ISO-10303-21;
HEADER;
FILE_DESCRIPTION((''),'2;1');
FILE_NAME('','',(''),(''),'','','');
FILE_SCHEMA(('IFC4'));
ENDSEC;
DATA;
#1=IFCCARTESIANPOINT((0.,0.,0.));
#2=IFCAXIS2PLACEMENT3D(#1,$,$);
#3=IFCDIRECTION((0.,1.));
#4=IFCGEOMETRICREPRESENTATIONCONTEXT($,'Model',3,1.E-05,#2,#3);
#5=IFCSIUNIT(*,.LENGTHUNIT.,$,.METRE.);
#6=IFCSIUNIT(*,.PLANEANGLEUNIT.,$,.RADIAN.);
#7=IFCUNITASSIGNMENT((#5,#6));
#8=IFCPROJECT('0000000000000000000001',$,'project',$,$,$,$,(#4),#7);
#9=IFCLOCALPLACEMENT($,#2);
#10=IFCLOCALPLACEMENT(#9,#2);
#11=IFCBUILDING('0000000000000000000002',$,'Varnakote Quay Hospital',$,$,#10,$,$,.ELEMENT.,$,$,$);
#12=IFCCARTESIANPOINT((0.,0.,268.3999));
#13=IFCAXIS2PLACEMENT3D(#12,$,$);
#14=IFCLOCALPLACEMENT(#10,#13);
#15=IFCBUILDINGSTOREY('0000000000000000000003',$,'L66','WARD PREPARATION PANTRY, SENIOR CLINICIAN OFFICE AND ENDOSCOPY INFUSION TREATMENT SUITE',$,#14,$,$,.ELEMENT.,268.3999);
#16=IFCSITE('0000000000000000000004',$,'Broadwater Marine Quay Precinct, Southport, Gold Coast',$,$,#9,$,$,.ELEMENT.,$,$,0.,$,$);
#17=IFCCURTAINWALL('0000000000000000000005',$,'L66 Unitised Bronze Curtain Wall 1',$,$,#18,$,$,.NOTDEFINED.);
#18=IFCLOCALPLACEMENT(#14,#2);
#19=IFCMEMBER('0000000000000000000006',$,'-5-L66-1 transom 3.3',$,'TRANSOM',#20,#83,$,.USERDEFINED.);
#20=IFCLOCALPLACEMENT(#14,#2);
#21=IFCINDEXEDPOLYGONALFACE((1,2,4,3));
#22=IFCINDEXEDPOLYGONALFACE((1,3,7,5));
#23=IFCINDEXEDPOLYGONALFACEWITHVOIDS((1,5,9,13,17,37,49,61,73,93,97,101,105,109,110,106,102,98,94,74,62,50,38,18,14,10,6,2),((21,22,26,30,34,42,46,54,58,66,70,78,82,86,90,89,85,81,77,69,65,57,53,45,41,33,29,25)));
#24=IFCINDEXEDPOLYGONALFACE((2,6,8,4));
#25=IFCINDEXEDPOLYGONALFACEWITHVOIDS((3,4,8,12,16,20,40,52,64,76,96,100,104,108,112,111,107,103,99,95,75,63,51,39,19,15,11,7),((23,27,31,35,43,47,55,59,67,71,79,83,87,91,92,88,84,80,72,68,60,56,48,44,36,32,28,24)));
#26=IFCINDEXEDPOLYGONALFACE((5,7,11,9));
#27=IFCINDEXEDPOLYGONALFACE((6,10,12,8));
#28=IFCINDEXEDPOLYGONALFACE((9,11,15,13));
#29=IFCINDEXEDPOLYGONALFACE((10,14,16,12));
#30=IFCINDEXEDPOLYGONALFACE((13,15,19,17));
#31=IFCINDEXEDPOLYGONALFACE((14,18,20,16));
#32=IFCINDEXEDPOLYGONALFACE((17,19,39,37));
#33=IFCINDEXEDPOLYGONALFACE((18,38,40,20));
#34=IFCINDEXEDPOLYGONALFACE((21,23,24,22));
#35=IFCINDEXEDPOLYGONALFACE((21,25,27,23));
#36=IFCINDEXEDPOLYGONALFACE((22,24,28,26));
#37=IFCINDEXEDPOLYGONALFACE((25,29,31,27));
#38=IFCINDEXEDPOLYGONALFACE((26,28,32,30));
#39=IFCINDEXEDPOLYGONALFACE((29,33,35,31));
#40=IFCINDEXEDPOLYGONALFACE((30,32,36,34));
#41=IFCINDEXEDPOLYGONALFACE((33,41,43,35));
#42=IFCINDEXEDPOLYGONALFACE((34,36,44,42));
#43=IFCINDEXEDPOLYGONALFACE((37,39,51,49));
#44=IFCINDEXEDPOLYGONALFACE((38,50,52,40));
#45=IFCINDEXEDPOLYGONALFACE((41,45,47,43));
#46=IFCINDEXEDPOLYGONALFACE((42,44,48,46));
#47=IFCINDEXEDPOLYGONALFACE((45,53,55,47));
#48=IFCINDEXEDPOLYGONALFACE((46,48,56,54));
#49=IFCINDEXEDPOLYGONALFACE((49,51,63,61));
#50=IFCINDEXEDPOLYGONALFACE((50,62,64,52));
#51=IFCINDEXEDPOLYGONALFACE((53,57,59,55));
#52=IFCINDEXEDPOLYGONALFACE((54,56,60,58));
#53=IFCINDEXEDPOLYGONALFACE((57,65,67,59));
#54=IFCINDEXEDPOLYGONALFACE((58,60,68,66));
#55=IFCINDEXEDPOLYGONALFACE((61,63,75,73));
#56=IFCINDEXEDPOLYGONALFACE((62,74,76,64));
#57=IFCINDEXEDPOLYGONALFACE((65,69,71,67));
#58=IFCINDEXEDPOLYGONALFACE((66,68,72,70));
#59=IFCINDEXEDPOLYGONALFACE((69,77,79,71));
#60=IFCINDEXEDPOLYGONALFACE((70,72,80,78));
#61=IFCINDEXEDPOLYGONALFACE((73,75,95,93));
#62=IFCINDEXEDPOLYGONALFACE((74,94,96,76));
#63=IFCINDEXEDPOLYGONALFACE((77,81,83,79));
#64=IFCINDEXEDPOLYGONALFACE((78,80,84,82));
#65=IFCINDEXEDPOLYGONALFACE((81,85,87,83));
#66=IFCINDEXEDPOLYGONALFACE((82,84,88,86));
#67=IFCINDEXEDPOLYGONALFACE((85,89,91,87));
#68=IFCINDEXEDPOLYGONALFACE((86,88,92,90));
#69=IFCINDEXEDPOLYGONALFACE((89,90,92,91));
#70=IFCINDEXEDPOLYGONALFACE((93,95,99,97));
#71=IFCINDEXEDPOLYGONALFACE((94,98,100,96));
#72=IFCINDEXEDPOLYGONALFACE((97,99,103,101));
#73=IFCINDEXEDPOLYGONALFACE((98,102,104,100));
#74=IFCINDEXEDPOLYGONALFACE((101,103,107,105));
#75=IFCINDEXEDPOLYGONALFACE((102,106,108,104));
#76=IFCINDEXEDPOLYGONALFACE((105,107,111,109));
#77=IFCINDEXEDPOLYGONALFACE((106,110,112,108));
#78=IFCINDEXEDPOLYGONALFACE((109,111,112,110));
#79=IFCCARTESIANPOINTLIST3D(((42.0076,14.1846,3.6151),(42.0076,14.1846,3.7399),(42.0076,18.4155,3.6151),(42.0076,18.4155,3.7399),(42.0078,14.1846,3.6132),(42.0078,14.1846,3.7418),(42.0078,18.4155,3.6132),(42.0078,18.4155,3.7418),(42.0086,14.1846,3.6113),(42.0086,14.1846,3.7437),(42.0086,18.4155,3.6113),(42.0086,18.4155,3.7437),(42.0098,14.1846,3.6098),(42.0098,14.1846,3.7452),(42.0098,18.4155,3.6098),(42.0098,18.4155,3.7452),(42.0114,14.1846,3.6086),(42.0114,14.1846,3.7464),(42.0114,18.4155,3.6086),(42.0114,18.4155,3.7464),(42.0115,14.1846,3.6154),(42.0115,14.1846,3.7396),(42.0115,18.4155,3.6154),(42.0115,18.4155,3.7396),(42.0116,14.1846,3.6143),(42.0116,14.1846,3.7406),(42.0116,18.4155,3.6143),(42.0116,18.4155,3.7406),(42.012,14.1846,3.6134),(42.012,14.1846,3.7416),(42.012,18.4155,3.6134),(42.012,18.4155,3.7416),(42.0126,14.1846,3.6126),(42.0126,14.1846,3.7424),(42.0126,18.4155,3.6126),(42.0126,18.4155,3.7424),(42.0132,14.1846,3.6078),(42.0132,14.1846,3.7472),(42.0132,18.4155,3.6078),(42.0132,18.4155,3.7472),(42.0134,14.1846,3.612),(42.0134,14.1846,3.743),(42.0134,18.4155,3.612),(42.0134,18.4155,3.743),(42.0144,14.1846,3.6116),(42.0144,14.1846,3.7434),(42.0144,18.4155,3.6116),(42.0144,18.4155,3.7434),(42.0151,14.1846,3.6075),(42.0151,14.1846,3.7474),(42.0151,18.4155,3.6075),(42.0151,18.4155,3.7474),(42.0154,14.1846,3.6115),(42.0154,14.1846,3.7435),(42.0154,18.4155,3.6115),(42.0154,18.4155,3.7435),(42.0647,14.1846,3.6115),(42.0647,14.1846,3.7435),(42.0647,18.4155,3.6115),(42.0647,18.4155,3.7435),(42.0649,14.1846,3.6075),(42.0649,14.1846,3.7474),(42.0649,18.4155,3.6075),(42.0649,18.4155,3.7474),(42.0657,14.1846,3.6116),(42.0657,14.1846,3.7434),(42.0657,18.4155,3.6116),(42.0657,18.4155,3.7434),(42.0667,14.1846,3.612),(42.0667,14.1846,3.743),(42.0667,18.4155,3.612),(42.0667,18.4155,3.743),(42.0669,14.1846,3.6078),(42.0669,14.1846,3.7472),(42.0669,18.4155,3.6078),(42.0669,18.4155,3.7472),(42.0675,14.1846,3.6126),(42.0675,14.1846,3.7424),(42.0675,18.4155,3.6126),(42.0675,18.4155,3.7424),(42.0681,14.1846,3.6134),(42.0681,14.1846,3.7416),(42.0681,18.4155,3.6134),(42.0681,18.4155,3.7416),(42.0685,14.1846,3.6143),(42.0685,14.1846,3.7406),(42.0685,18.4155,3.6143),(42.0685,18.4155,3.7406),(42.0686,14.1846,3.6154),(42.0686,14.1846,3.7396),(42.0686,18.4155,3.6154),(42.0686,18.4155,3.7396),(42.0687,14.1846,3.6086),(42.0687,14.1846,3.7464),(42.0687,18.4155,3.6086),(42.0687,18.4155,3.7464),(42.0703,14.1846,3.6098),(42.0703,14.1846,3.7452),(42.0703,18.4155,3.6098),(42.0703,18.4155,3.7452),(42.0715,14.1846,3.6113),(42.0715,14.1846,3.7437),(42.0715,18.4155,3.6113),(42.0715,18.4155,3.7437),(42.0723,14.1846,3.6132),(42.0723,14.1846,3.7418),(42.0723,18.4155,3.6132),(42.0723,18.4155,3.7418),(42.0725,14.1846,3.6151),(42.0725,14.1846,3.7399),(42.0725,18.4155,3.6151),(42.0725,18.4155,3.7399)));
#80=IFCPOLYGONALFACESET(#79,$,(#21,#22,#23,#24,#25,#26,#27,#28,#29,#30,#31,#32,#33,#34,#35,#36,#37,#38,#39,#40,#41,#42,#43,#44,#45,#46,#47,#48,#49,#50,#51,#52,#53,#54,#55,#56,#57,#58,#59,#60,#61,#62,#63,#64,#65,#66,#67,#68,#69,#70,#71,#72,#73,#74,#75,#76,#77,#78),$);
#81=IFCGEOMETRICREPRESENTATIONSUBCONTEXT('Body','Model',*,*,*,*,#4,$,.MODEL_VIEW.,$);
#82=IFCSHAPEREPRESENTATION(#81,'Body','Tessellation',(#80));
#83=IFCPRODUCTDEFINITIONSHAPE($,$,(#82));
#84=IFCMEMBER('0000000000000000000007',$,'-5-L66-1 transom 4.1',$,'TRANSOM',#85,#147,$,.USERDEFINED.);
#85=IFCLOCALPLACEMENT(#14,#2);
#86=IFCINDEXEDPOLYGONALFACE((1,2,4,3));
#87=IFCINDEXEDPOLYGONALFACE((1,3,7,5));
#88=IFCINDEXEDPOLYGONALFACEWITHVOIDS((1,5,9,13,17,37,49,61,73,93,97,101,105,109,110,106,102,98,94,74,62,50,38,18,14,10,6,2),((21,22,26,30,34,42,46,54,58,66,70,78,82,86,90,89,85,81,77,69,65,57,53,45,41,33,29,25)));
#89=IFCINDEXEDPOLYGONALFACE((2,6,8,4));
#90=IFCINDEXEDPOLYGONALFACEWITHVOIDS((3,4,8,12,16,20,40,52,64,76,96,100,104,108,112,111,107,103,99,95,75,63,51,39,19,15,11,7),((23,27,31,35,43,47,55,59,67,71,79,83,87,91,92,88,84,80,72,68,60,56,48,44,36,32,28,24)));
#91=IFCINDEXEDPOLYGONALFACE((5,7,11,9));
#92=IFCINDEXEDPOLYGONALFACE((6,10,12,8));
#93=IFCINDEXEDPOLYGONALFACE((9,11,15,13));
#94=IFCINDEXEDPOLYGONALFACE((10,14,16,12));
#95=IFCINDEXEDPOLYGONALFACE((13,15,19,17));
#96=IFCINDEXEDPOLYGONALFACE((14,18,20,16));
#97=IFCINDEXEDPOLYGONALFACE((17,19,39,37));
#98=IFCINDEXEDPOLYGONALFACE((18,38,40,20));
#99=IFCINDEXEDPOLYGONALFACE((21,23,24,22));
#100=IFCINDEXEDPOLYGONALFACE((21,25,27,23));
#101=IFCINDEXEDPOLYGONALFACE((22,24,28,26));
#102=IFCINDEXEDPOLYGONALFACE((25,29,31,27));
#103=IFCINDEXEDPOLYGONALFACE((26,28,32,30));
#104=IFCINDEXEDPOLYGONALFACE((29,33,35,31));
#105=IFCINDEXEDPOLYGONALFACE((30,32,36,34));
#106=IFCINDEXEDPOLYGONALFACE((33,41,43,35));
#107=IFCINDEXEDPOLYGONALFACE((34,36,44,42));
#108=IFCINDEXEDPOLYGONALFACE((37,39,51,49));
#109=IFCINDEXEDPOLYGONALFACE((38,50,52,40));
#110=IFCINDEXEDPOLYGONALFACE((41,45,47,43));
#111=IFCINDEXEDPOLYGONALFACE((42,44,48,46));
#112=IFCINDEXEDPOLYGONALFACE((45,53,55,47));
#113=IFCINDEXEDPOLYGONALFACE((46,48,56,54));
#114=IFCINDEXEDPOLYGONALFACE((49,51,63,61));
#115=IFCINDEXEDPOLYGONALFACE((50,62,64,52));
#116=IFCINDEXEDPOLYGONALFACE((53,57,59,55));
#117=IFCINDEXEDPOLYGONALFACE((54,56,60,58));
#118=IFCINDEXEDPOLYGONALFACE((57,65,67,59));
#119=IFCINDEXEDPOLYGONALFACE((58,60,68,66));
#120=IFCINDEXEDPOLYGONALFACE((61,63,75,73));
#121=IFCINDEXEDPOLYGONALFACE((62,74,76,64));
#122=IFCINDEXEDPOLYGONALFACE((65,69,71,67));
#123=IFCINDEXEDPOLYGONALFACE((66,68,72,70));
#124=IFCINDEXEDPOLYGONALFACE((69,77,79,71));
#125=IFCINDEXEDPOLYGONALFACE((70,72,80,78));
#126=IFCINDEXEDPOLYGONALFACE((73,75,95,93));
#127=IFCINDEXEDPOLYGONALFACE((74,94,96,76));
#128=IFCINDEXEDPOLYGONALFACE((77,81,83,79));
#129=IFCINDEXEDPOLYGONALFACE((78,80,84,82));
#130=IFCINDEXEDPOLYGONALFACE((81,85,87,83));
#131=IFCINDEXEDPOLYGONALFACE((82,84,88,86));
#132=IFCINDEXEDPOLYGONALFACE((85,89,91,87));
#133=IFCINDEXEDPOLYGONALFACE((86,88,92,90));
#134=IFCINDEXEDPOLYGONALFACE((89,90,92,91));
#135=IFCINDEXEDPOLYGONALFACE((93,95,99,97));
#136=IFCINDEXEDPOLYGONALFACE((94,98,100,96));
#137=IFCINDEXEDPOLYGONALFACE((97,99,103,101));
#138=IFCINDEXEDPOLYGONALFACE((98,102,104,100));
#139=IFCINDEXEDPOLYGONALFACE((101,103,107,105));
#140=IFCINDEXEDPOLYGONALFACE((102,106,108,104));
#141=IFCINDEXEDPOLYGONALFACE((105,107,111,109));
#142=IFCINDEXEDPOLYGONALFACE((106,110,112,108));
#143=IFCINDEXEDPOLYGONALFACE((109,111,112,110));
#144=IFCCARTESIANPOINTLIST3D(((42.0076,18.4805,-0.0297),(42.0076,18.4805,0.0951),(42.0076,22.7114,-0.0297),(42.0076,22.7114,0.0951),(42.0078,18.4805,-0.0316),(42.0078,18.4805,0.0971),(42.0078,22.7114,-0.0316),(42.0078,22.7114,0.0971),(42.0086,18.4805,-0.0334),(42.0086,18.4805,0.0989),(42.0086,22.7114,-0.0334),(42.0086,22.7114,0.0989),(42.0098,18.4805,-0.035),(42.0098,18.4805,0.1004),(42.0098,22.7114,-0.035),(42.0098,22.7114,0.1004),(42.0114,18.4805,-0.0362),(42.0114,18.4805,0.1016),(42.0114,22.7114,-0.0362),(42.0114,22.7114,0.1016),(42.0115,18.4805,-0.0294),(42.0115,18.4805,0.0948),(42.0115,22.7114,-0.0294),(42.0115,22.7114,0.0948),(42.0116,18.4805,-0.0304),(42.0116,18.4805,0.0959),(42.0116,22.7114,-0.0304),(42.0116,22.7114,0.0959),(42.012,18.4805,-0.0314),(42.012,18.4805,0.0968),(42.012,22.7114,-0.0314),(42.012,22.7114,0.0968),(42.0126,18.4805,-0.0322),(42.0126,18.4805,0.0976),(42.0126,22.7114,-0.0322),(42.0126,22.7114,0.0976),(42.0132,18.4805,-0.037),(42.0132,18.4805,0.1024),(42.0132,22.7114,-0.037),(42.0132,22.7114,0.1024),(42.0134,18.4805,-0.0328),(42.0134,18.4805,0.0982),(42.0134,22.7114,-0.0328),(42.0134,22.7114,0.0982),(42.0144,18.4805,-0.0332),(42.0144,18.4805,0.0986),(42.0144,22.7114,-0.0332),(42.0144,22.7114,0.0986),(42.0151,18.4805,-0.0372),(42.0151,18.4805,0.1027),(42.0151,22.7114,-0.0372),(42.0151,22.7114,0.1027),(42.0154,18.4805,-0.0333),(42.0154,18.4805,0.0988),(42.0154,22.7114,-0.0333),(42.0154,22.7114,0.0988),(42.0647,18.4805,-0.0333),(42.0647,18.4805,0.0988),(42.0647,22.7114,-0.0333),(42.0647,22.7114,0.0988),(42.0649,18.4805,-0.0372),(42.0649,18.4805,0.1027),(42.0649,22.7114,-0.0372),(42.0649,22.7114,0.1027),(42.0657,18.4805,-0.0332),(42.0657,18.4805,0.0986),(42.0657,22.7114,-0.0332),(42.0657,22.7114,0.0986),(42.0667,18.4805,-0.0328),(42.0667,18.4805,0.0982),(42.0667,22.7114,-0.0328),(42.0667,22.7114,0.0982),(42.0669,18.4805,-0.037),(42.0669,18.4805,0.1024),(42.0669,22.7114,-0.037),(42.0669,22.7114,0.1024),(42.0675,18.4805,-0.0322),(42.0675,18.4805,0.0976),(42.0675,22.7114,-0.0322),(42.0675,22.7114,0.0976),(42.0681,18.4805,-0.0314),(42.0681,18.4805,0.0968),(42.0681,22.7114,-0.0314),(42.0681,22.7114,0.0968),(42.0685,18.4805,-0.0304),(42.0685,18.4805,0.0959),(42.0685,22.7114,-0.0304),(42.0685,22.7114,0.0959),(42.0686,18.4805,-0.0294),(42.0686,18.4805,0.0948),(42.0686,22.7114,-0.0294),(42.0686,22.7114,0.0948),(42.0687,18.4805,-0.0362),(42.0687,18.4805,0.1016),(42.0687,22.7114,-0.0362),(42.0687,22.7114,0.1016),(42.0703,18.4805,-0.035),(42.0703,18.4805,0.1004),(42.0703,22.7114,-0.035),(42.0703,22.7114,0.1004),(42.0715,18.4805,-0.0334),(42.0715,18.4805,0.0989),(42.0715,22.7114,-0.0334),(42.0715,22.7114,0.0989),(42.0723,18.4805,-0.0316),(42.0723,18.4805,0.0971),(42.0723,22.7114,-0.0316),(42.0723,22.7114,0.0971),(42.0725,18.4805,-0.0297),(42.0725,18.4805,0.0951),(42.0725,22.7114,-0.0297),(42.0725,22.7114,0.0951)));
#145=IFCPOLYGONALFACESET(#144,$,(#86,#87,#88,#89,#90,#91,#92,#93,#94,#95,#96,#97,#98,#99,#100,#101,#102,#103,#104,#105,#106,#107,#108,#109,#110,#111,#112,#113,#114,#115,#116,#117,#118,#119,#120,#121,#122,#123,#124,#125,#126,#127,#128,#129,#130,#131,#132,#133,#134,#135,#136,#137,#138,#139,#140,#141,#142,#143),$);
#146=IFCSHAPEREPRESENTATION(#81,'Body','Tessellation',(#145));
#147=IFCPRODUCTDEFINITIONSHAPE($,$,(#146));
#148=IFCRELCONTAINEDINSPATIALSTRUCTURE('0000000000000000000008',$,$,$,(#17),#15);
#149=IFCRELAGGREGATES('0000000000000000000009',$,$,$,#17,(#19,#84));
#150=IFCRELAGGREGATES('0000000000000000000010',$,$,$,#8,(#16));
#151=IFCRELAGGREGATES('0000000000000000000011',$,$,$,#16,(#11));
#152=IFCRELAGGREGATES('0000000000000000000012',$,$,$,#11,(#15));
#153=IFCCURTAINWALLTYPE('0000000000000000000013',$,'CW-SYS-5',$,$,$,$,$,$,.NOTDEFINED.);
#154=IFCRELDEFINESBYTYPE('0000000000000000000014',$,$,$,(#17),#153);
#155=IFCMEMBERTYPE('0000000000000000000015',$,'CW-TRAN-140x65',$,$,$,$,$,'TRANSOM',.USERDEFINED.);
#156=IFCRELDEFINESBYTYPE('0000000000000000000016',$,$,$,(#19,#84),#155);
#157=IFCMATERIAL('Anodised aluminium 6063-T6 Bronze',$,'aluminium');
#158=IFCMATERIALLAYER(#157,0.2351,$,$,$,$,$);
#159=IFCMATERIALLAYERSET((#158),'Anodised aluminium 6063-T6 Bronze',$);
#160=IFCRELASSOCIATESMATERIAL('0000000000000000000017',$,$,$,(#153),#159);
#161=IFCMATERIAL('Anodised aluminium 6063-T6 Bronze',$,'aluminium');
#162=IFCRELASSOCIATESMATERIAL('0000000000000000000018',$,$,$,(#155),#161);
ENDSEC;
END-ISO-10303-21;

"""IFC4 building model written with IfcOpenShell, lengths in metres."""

from ifc_helpers import new_model, si_unit, direction, frame, origin, origin_2d, place, context, subcontext, project, spatial, hollow_rectangle, extrude, material, layer, layer_set, material_profile, profile_set, type_object, element, aggregate, save


model = new_model("IFC4")

# Units and contexts
model_context = context("Model", 3, precision=1e-05, world=origin(), true_north=direction((0.0, 1.0)))
body_context = subcontext(model_context, "Body", "Model", "MODEL_VIEW")
ifc_project = project(units=[si_unit("LENGTHUNIT", "METRE"), si_unit("PLANEANGLEUNIT", "RADIAN")], contexts=[model_context])

# Site, building, storey
site_placement = place(None, origin())
site = spatial("IfcSite", under=ifc_project, at=site_placement, Name="Broadwater Marine Quay Precinct, Southport, Gold Coast", CompositionType="ELEMENT", RefElevation=0.0)
building_placement = place(site_placement, origin())
building = spatial("IfcBuilding", under=site, at=building_placement, Name="Varnakote Quay Hospital", CompositionType="ELEMENT")
storey_placement = place(building_placement, frame((0.0, 0.0, 268.3999)))
storey = spatial("IfcBuildingStorey", under=building, at=storey_placement, Name="L66", Description="WARD PREPARATION PANTRY, SENIOR CLINICIAN OFFICE AND ENDOSCOPY INFUSION TREATMENT SUITE", CompositionType="ELEMENT", Elevation=268.3999)

# Curtain wall, members
ifc_material_1 = material(Name="Anodised aluminium 6063-T6 Bronze", Category="aluminium")
ifc_layer_1 = layer(ifc_material_1, 0.2351)
ifc_layer_set_1 = layer_set([ifc_layer_1], Name="Anodised aluminium 6063-T6 Bronze")
curtain_wall_type = type_object("IfcCurtainWallType", Name="CW-SYS-5", PredefinedType="NOTDEFINED", material=ifc_layer_set_1)
curtain_wall_placement = place(storey_placement, origin())
curtain_wall = element("IfcCurtainWall", 1, at=curtain_wall_placement, inside=storey, type_object=curtain_wall_type, Name="L66 Unitised Bronze Curtain Wall 1", PredefinedType="NOTDEFINED")
ifc_material_2 = material(Name="Anodised aluminium 6063-T6 Bronze", Category="aluminium")
ifc_material_profile_1 = material_profile(ifc_material_2, hollow_rectangle(XDim=0.0649, YDim=0.1399, WallThickness=0.0039, InnerFilletRadius=0.0039, OuterFilletRadius=0.0076, at=origin_2d()), Name="CW-TRAN-140x65")
ifc_profile_set_1 = profile_set([ifc_material_profile_1], Name="Anodised aluminium 6063-T6 Bronze")
member_type_1 = type_object("IfcMemberType", Name="CW-TRAN-140x65", ElementType="TRANSOM", PredefinedType="USERDEFINED", material=ifc_profile_set_1)
member_1_placement = place(storey_placement, frame((42.04, 14.1846, 3.6775), z_axis=(0.0, 1.0, 0.0), x_axis=(-1.0, 0.0, 0.0)))
member_1 = element("IfcMember", 2, at=member_1_placement, type_object=member_type_1, Name="-5-L66-1 transom 3.3", ObjectType="TRANSOM", PredefinedType="USERDEFINED", context=body_context, shape_type="SweptSolid", body=[
    extrude(hollow_rectangle(XDim=0.0649, YDim=0.1399, WallThickness=0.0039, InnerFilletRadius=0.0039, OuterFilletRadius=0.0076, at=origin_2d()), origin(), (0.0, 0.0, 1.0), 4.231),
])
member_2_placement = place(storey_placement, frame((42.04, 18.4805, 0.0327), z_axis=(0.0, 1.0, 0.0), x_axis=(-1.0, 0.0, 0.0)))
member_2 = element("IfcMember", 3, at=member_2_placement, type_object=member_type_1, Name="-5-L66-1 transom 4.1", ObjectType="TRANSOM", PredefinedType="USERDEFINED", context=body_context, shape_type="SweptSolid", body=[
    extrude(hollow_rectangle(XDim=0.0649, YDim=0.1399, WallThickness=0.0039, InnerFilletRadius=0.0039, OuterFilletRadius=0.0076, at=origin_2d()), origin(), (0.0, 0.0, 1.0), 4.231),
])
aggregate(curtain_wall, [member_1, member_2])

save(model, "model.ifc")
